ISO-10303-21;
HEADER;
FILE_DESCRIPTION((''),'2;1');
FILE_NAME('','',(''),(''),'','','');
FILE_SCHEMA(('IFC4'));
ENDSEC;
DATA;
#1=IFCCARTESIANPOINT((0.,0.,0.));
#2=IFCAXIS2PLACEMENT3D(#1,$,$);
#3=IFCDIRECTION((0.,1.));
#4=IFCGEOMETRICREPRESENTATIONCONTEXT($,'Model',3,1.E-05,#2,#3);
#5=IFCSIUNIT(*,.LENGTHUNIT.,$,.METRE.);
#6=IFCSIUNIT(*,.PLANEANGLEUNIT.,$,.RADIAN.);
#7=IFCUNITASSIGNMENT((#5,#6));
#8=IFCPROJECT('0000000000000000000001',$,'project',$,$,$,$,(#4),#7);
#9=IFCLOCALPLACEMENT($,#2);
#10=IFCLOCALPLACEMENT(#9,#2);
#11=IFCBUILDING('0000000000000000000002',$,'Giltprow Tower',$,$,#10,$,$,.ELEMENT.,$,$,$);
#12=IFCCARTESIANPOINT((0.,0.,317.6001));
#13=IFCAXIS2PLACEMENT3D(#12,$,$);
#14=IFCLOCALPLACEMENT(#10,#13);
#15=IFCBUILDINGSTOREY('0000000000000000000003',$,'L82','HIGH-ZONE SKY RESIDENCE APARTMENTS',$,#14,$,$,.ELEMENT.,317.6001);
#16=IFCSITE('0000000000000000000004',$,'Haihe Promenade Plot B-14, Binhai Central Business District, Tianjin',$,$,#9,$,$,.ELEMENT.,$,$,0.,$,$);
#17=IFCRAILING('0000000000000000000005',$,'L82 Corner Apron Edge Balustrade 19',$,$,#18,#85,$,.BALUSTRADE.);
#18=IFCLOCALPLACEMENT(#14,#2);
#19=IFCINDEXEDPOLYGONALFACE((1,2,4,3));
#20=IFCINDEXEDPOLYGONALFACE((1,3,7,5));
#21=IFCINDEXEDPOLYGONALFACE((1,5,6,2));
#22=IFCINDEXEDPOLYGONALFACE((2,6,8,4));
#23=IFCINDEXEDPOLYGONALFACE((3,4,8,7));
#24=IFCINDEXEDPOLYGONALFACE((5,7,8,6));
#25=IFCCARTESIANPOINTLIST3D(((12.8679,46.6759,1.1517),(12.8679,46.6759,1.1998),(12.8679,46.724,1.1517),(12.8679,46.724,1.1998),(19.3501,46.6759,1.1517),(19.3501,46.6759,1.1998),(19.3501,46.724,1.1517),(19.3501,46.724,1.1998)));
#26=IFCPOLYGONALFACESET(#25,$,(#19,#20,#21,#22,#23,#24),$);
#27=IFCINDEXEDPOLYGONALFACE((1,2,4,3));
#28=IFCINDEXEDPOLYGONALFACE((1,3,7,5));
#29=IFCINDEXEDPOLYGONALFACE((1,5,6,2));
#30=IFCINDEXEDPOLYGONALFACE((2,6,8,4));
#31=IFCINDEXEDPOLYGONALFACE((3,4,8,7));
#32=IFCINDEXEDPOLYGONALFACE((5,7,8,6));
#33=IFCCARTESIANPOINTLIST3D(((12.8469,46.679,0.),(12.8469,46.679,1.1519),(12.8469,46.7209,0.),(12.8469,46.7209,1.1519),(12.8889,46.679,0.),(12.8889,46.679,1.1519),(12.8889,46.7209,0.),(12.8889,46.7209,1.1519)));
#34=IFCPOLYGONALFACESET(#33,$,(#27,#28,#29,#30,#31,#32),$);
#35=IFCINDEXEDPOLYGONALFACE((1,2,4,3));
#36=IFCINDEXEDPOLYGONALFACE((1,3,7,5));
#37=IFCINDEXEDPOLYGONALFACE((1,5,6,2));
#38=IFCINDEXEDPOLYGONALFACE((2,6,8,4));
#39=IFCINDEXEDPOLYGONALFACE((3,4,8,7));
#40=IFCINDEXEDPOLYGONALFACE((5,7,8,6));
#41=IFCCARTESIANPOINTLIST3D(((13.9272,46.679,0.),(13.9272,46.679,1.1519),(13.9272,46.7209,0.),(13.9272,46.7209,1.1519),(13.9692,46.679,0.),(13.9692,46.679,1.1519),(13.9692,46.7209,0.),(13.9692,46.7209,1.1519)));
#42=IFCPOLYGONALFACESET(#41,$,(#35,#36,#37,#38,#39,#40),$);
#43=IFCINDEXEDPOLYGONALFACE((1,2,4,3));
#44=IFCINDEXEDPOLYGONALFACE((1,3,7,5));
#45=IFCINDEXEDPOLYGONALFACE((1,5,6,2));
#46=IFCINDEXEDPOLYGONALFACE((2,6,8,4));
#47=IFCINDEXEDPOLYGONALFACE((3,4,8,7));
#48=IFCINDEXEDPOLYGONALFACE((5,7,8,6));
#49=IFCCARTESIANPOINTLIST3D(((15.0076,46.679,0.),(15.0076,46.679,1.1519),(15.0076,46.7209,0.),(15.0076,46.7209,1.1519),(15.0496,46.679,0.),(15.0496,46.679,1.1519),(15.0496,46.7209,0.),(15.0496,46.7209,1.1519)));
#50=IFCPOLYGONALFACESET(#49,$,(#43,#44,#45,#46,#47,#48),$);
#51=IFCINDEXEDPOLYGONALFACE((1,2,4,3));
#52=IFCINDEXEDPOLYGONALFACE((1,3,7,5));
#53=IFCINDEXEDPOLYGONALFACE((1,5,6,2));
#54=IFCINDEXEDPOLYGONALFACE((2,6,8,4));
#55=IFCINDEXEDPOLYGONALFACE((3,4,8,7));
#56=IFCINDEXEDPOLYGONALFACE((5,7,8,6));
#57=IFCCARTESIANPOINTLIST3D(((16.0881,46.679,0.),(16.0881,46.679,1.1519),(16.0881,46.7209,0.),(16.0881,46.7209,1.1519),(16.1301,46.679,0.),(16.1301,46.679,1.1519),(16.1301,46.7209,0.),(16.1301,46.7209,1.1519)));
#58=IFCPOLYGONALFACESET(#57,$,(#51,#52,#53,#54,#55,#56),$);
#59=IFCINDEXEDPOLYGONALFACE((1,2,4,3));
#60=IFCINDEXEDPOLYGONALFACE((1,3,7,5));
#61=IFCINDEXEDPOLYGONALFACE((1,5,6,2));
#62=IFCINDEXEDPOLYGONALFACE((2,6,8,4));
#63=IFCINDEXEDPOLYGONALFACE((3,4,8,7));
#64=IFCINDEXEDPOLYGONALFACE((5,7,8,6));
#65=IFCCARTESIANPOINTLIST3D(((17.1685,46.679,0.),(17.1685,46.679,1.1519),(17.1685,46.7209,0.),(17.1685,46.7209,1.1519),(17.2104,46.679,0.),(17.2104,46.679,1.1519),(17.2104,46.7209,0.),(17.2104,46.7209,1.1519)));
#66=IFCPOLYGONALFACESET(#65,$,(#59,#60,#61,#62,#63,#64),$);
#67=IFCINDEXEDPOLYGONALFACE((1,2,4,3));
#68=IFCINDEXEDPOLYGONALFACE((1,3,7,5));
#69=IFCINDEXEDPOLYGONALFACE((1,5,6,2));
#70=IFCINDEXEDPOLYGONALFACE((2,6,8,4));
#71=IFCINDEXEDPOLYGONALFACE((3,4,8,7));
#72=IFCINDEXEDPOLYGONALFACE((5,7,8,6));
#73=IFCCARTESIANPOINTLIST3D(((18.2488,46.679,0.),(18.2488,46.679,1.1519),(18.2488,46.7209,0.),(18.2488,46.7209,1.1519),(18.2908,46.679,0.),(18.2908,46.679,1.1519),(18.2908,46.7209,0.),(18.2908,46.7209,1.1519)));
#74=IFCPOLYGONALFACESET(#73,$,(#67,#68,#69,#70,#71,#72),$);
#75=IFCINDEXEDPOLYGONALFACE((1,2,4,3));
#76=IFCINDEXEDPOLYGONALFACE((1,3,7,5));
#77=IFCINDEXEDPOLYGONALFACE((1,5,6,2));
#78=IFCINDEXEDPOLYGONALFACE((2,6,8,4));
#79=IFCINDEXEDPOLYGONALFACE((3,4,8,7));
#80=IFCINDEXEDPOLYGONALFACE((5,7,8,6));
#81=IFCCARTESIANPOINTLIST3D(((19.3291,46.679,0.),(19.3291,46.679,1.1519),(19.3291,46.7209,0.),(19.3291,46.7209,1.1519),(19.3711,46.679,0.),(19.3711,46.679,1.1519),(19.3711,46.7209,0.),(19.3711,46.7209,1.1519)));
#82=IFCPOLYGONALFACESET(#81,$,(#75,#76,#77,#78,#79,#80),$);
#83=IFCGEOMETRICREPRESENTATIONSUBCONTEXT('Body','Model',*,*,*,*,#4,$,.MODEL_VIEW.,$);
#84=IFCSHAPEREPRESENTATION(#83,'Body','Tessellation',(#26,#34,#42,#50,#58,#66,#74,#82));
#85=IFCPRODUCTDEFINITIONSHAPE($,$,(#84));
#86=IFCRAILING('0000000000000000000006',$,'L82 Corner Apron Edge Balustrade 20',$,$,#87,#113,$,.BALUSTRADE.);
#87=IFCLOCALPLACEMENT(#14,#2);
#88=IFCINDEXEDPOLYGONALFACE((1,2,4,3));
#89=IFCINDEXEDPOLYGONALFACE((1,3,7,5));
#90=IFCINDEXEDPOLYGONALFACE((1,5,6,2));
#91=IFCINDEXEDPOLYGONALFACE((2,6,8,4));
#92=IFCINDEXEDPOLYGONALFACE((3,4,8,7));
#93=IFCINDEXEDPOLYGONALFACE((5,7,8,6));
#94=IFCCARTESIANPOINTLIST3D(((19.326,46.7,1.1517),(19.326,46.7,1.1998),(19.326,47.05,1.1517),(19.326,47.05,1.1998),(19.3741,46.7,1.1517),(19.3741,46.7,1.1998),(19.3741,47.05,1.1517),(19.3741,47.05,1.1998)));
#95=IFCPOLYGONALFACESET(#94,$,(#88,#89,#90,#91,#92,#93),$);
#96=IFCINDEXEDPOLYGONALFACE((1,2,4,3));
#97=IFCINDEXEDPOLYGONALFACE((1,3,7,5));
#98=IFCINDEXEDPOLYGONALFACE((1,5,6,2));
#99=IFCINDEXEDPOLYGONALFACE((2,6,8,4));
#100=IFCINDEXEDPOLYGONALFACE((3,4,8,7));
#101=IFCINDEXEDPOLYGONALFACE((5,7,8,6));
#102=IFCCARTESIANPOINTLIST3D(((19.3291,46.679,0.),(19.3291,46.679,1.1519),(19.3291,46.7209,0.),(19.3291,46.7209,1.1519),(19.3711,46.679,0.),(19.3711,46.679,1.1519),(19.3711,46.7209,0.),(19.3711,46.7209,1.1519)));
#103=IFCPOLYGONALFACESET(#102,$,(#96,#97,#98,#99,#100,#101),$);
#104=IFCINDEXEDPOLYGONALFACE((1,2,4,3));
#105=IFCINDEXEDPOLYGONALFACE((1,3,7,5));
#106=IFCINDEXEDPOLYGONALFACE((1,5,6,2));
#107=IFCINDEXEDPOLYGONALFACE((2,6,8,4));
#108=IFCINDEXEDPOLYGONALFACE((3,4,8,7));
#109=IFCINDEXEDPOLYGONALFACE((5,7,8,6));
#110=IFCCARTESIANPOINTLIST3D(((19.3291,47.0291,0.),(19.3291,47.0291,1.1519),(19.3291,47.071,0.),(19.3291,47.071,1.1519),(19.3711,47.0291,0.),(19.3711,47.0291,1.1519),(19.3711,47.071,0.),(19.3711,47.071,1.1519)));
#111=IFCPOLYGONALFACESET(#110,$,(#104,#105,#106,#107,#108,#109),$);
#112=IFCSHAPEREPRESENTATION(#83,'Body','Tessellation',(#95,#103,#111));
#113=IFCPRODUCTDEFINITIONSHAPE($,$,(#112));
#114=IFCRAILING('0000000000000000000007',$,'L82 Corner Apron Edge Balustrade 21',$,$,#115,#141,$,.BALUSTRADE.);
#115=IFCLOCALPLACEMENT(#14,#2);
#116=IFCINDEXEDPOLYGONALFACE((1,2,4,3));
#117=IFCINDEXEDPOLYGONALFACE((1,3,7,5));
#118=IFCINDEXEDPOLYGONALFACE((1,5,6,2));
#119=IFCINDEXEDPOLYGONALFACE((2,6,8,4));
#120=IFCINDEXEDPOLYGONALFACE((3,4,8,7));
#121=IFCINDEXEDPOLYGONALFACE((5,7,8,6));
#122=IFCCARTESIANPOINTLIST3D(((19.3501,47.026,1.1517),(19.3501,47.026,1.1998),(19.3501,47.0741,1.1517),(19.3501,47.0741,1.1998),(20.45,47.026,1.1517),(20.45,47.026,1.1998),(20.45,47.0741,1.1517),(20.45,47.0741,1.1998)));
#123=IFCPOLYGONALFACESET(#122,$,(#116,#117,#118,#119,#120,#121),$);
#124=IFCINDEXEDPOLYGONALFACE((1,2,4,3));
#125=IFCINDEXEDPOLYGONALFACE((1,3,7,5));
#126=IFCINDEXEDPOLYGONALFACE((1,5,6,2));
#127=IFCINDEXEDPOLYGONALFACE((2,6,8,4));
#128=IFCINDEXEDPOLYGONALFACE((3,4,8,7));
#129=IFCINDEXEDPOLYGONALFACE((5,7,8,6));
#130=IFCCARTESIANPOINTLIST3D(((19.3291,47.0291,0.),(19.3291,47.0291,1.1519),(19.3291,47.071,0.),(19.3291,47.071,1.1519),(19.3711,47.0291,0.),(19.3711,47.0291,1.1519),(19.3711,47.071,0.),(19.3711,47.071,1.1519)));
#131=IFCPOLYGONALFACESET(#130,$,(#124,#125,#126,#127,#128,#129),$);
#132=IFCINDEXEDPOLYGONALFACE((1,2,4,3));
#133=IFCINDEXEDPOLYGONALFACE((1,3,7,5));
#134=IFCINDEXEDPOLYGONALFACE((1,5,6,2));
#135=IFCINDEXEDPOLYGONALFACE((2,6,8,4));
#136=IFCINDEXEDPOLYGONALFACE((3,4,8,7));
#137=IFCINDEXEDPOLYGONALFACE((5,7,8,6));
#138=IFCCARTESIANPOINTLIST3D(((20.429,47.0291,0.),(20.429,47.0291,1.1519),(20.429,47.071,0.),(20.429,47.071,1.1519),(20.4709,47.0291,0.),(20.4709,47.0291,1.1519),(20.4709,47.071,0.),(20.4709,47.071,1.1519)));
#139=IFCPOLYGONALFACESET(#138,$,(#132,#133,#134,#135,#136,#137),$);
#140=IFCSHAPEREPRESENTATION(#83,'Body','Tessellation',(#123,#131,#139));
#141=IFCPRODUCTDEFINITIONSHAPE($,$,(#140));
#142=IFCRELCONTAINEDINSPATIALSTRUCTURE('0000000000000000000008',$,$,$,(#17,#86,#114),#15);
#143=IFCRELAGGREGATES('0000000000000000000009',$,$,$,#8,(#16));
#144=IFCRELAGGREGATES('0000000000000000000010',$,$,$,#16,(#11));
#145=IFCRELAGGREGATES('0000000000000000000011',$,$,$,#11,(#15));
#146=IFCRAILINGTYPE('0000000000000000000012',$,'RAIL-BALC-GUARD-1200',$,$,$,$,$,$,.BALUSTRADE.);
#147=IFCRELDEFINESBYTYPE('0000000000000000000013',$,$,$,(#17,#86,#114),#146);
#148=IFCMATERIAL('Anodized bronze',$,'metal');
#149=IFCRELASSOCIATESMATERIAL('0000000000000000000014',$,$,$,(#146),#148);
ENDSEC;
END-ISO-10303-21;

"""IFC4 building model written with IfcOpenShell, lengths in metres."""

from ifc_helpers import new_model, si_unit, direction, frame, origin, origin_2d, place, context, subcontext, project, spatial, rectangle, extrude, material, type_object, element, save


model = new_model("IFC4")

# Units and contexts
model_context = context("Model", 3, precision=1e-05, world=origin(), true_north=direction((0.0, 1.0)))
body_context = subcontext(model_context, "Body", "Model", "MODEL_VIEW")
ifc_project = project(units=[si_unit("LENGTHUNIT", "METRE"), si_unit("PLANEANGLEUNIT", "RADIAN")], contexts=[model_context])

# Site, building, storey
site_placement = place(None, origin())
site = spatial("IfcSite", under=ifc_project, at=site_placement, Name="Haihe Promenade Plot B-14, Binhai Central Business District, Tianjin", CompositionType="ELEMENT", RefElevation=0.0)
building_placement = place(site_placement, origin())
building = spatial("IfcBuilding", under=site, at=building_placement, Name="Giltprow Tower", CompositionType="ELEMENT")
storey_placement = place(building_placement, frame((0.0, 0.0, 317.6001)))
storey = spatial("IfcBuildingStorey", under=building, at=storey_placement, Name="L82", Description="HIGH-ZONE SKY RESIDENCE APARTMENTS", CompositionType="ELEMENT", Elevation=317.6001)

# Railings
ifc_material_1 = material(Name="Anodized bronze", Category="metal")
railing_type = type_object("IfcRailingType", Name="RAIL-BALC-GUARD-1200", PredefinedType="BALUSTRADE", material=ifc_material_1)
railing_1_placement = place(storey_placement, frame((12.8679, 46.7, 0.0)))
element("IfcRailing", 1, at=railing_1_placement, inside=storey, type_object=railing_type, Name="L82 Corner Apron Edge Balustrade 19", PredefinedType="BALUSTRADE", context=body_context, shape_type="SweptSolid", body=[
    extrude(rectangle(XDim=0.0481, YDim=0.0481, at=origin_2d()), frame((0.0, 0.0, 1.1758), z_axis=(1.0, 0.0, 0.0), x_axis=(0.0, 1.0, 0.0)), (0.0, 0.0, 1.0), 6.4822),
    extrude(rectangle(XDim=0.042, YDim=0.042, at=origin_2d()), origin(), (0.0, 0.0, 1.0), 1.1519),
    extrude(rectangle(XDim=0.042, YDim=0.042, at=origin_2d()), frame((1.0803, 0.0, 0.0)), (0.0, 0.0, 1.0), 1.1519),
    extrude(rectangle(XDim=0.042, YDim=0.042, at=origin_2d()), frame((2.1606, 0.0, 0.0)), (0.0, 0.0, 1.0), 1.1519),
    extrude(rectangle(XDim=0.042, YDim=0.042, at=origin_2d()), frame((3.2412, 0.0, 0.0)), (0.0, 0.0, 1.0), 1.1519),
    extrude(rectangle(XDim=0.042, YDim=0.042, at=origin_2d()), frame((4.3215, 0.0, 0.0)), (0.0, 0.0, 1.0), 1.1519),
    extrude(rectangle(XDim=0.042, YDim=0.042, at=origin_2d()), frame((5.4019, 0.0, 0.0)), (0.0, 0.0, 1.0), 1.1519),
    extrude(rectangle(XDim=0.042, YDim=0.042, at=origin_2d()), frame((6.4822, 0.0, 0.0)), (0.0, 0.0, 1.0), 1.1519),
])
railing_2_placement = place(storey_placement, frame((19.3501, 46.7, 0.0)))
element("IfcRailing", 2, at=railing_2_placement, inside=storey, type_object=railing_type, Name="L82 Corner Apron Edge Balustrade 20", PredefinedType="BALUSTRADE", context=body_context, shape_type="SweptSolid", body=[
    extrude(rectangle(XDim=0.0481, YDim=0.0481, at=origin_2d()), frame((0.0, 0.0, 1.1758), z_axis=(0.0, 1.0, 0.0), x_axis=(-1.0, 0.0, 0.0)), (0.0, 0.0, 1.0), 0.3501),
    extrude(rectangle(XDim=0.042, YDim=0.042, at=origin_2d()), origin(), (0.0, 0.0, 1.0), 1.1519),
    extrude(rectangle(XDim=0.042, YDim=0.042, at=origin_2d()), frame((0.0, 0.3501, 0.0)), (0.0, 0.0, 1.0), 1.1519),
])
railing_3_placement = place(storey_placement, frame((19.3501, 47.05, 0.0)))
element("IfcRailing", 3, at=railing_3_placement, inside=storey, type_object=railing_type, Name="L82 Corner Apron Edge Balustrade 21", PredefinedType="BALUSTRADE", context=body_context, shape_type="SweptSolid", body=[
    extrude(rectangle(XDim=0.0481, YDim=0.0481, at=origin_2d()), frame((0.0, 0.0, 1.1758), z_axis=(1.0, 0.0, 0.0), x_axis=(0.0, 1.0, 0.0)), (0.0, 0.0, 1.0), 1.0999),
    extrude(rectangle(XDim=0.042, YDim=0.042, at=origin_2d()), origin(), (0.0, 0.0, 1.0), 1.1519),
    extrude(rectangle(XDim=0.042, YDim=0.042, at=origin_2d()), frame((1.0999, 0.0, 0.0)), (0.0, 0.0, 1.0), 1.1519),
])

save(model, "model.ifc")
